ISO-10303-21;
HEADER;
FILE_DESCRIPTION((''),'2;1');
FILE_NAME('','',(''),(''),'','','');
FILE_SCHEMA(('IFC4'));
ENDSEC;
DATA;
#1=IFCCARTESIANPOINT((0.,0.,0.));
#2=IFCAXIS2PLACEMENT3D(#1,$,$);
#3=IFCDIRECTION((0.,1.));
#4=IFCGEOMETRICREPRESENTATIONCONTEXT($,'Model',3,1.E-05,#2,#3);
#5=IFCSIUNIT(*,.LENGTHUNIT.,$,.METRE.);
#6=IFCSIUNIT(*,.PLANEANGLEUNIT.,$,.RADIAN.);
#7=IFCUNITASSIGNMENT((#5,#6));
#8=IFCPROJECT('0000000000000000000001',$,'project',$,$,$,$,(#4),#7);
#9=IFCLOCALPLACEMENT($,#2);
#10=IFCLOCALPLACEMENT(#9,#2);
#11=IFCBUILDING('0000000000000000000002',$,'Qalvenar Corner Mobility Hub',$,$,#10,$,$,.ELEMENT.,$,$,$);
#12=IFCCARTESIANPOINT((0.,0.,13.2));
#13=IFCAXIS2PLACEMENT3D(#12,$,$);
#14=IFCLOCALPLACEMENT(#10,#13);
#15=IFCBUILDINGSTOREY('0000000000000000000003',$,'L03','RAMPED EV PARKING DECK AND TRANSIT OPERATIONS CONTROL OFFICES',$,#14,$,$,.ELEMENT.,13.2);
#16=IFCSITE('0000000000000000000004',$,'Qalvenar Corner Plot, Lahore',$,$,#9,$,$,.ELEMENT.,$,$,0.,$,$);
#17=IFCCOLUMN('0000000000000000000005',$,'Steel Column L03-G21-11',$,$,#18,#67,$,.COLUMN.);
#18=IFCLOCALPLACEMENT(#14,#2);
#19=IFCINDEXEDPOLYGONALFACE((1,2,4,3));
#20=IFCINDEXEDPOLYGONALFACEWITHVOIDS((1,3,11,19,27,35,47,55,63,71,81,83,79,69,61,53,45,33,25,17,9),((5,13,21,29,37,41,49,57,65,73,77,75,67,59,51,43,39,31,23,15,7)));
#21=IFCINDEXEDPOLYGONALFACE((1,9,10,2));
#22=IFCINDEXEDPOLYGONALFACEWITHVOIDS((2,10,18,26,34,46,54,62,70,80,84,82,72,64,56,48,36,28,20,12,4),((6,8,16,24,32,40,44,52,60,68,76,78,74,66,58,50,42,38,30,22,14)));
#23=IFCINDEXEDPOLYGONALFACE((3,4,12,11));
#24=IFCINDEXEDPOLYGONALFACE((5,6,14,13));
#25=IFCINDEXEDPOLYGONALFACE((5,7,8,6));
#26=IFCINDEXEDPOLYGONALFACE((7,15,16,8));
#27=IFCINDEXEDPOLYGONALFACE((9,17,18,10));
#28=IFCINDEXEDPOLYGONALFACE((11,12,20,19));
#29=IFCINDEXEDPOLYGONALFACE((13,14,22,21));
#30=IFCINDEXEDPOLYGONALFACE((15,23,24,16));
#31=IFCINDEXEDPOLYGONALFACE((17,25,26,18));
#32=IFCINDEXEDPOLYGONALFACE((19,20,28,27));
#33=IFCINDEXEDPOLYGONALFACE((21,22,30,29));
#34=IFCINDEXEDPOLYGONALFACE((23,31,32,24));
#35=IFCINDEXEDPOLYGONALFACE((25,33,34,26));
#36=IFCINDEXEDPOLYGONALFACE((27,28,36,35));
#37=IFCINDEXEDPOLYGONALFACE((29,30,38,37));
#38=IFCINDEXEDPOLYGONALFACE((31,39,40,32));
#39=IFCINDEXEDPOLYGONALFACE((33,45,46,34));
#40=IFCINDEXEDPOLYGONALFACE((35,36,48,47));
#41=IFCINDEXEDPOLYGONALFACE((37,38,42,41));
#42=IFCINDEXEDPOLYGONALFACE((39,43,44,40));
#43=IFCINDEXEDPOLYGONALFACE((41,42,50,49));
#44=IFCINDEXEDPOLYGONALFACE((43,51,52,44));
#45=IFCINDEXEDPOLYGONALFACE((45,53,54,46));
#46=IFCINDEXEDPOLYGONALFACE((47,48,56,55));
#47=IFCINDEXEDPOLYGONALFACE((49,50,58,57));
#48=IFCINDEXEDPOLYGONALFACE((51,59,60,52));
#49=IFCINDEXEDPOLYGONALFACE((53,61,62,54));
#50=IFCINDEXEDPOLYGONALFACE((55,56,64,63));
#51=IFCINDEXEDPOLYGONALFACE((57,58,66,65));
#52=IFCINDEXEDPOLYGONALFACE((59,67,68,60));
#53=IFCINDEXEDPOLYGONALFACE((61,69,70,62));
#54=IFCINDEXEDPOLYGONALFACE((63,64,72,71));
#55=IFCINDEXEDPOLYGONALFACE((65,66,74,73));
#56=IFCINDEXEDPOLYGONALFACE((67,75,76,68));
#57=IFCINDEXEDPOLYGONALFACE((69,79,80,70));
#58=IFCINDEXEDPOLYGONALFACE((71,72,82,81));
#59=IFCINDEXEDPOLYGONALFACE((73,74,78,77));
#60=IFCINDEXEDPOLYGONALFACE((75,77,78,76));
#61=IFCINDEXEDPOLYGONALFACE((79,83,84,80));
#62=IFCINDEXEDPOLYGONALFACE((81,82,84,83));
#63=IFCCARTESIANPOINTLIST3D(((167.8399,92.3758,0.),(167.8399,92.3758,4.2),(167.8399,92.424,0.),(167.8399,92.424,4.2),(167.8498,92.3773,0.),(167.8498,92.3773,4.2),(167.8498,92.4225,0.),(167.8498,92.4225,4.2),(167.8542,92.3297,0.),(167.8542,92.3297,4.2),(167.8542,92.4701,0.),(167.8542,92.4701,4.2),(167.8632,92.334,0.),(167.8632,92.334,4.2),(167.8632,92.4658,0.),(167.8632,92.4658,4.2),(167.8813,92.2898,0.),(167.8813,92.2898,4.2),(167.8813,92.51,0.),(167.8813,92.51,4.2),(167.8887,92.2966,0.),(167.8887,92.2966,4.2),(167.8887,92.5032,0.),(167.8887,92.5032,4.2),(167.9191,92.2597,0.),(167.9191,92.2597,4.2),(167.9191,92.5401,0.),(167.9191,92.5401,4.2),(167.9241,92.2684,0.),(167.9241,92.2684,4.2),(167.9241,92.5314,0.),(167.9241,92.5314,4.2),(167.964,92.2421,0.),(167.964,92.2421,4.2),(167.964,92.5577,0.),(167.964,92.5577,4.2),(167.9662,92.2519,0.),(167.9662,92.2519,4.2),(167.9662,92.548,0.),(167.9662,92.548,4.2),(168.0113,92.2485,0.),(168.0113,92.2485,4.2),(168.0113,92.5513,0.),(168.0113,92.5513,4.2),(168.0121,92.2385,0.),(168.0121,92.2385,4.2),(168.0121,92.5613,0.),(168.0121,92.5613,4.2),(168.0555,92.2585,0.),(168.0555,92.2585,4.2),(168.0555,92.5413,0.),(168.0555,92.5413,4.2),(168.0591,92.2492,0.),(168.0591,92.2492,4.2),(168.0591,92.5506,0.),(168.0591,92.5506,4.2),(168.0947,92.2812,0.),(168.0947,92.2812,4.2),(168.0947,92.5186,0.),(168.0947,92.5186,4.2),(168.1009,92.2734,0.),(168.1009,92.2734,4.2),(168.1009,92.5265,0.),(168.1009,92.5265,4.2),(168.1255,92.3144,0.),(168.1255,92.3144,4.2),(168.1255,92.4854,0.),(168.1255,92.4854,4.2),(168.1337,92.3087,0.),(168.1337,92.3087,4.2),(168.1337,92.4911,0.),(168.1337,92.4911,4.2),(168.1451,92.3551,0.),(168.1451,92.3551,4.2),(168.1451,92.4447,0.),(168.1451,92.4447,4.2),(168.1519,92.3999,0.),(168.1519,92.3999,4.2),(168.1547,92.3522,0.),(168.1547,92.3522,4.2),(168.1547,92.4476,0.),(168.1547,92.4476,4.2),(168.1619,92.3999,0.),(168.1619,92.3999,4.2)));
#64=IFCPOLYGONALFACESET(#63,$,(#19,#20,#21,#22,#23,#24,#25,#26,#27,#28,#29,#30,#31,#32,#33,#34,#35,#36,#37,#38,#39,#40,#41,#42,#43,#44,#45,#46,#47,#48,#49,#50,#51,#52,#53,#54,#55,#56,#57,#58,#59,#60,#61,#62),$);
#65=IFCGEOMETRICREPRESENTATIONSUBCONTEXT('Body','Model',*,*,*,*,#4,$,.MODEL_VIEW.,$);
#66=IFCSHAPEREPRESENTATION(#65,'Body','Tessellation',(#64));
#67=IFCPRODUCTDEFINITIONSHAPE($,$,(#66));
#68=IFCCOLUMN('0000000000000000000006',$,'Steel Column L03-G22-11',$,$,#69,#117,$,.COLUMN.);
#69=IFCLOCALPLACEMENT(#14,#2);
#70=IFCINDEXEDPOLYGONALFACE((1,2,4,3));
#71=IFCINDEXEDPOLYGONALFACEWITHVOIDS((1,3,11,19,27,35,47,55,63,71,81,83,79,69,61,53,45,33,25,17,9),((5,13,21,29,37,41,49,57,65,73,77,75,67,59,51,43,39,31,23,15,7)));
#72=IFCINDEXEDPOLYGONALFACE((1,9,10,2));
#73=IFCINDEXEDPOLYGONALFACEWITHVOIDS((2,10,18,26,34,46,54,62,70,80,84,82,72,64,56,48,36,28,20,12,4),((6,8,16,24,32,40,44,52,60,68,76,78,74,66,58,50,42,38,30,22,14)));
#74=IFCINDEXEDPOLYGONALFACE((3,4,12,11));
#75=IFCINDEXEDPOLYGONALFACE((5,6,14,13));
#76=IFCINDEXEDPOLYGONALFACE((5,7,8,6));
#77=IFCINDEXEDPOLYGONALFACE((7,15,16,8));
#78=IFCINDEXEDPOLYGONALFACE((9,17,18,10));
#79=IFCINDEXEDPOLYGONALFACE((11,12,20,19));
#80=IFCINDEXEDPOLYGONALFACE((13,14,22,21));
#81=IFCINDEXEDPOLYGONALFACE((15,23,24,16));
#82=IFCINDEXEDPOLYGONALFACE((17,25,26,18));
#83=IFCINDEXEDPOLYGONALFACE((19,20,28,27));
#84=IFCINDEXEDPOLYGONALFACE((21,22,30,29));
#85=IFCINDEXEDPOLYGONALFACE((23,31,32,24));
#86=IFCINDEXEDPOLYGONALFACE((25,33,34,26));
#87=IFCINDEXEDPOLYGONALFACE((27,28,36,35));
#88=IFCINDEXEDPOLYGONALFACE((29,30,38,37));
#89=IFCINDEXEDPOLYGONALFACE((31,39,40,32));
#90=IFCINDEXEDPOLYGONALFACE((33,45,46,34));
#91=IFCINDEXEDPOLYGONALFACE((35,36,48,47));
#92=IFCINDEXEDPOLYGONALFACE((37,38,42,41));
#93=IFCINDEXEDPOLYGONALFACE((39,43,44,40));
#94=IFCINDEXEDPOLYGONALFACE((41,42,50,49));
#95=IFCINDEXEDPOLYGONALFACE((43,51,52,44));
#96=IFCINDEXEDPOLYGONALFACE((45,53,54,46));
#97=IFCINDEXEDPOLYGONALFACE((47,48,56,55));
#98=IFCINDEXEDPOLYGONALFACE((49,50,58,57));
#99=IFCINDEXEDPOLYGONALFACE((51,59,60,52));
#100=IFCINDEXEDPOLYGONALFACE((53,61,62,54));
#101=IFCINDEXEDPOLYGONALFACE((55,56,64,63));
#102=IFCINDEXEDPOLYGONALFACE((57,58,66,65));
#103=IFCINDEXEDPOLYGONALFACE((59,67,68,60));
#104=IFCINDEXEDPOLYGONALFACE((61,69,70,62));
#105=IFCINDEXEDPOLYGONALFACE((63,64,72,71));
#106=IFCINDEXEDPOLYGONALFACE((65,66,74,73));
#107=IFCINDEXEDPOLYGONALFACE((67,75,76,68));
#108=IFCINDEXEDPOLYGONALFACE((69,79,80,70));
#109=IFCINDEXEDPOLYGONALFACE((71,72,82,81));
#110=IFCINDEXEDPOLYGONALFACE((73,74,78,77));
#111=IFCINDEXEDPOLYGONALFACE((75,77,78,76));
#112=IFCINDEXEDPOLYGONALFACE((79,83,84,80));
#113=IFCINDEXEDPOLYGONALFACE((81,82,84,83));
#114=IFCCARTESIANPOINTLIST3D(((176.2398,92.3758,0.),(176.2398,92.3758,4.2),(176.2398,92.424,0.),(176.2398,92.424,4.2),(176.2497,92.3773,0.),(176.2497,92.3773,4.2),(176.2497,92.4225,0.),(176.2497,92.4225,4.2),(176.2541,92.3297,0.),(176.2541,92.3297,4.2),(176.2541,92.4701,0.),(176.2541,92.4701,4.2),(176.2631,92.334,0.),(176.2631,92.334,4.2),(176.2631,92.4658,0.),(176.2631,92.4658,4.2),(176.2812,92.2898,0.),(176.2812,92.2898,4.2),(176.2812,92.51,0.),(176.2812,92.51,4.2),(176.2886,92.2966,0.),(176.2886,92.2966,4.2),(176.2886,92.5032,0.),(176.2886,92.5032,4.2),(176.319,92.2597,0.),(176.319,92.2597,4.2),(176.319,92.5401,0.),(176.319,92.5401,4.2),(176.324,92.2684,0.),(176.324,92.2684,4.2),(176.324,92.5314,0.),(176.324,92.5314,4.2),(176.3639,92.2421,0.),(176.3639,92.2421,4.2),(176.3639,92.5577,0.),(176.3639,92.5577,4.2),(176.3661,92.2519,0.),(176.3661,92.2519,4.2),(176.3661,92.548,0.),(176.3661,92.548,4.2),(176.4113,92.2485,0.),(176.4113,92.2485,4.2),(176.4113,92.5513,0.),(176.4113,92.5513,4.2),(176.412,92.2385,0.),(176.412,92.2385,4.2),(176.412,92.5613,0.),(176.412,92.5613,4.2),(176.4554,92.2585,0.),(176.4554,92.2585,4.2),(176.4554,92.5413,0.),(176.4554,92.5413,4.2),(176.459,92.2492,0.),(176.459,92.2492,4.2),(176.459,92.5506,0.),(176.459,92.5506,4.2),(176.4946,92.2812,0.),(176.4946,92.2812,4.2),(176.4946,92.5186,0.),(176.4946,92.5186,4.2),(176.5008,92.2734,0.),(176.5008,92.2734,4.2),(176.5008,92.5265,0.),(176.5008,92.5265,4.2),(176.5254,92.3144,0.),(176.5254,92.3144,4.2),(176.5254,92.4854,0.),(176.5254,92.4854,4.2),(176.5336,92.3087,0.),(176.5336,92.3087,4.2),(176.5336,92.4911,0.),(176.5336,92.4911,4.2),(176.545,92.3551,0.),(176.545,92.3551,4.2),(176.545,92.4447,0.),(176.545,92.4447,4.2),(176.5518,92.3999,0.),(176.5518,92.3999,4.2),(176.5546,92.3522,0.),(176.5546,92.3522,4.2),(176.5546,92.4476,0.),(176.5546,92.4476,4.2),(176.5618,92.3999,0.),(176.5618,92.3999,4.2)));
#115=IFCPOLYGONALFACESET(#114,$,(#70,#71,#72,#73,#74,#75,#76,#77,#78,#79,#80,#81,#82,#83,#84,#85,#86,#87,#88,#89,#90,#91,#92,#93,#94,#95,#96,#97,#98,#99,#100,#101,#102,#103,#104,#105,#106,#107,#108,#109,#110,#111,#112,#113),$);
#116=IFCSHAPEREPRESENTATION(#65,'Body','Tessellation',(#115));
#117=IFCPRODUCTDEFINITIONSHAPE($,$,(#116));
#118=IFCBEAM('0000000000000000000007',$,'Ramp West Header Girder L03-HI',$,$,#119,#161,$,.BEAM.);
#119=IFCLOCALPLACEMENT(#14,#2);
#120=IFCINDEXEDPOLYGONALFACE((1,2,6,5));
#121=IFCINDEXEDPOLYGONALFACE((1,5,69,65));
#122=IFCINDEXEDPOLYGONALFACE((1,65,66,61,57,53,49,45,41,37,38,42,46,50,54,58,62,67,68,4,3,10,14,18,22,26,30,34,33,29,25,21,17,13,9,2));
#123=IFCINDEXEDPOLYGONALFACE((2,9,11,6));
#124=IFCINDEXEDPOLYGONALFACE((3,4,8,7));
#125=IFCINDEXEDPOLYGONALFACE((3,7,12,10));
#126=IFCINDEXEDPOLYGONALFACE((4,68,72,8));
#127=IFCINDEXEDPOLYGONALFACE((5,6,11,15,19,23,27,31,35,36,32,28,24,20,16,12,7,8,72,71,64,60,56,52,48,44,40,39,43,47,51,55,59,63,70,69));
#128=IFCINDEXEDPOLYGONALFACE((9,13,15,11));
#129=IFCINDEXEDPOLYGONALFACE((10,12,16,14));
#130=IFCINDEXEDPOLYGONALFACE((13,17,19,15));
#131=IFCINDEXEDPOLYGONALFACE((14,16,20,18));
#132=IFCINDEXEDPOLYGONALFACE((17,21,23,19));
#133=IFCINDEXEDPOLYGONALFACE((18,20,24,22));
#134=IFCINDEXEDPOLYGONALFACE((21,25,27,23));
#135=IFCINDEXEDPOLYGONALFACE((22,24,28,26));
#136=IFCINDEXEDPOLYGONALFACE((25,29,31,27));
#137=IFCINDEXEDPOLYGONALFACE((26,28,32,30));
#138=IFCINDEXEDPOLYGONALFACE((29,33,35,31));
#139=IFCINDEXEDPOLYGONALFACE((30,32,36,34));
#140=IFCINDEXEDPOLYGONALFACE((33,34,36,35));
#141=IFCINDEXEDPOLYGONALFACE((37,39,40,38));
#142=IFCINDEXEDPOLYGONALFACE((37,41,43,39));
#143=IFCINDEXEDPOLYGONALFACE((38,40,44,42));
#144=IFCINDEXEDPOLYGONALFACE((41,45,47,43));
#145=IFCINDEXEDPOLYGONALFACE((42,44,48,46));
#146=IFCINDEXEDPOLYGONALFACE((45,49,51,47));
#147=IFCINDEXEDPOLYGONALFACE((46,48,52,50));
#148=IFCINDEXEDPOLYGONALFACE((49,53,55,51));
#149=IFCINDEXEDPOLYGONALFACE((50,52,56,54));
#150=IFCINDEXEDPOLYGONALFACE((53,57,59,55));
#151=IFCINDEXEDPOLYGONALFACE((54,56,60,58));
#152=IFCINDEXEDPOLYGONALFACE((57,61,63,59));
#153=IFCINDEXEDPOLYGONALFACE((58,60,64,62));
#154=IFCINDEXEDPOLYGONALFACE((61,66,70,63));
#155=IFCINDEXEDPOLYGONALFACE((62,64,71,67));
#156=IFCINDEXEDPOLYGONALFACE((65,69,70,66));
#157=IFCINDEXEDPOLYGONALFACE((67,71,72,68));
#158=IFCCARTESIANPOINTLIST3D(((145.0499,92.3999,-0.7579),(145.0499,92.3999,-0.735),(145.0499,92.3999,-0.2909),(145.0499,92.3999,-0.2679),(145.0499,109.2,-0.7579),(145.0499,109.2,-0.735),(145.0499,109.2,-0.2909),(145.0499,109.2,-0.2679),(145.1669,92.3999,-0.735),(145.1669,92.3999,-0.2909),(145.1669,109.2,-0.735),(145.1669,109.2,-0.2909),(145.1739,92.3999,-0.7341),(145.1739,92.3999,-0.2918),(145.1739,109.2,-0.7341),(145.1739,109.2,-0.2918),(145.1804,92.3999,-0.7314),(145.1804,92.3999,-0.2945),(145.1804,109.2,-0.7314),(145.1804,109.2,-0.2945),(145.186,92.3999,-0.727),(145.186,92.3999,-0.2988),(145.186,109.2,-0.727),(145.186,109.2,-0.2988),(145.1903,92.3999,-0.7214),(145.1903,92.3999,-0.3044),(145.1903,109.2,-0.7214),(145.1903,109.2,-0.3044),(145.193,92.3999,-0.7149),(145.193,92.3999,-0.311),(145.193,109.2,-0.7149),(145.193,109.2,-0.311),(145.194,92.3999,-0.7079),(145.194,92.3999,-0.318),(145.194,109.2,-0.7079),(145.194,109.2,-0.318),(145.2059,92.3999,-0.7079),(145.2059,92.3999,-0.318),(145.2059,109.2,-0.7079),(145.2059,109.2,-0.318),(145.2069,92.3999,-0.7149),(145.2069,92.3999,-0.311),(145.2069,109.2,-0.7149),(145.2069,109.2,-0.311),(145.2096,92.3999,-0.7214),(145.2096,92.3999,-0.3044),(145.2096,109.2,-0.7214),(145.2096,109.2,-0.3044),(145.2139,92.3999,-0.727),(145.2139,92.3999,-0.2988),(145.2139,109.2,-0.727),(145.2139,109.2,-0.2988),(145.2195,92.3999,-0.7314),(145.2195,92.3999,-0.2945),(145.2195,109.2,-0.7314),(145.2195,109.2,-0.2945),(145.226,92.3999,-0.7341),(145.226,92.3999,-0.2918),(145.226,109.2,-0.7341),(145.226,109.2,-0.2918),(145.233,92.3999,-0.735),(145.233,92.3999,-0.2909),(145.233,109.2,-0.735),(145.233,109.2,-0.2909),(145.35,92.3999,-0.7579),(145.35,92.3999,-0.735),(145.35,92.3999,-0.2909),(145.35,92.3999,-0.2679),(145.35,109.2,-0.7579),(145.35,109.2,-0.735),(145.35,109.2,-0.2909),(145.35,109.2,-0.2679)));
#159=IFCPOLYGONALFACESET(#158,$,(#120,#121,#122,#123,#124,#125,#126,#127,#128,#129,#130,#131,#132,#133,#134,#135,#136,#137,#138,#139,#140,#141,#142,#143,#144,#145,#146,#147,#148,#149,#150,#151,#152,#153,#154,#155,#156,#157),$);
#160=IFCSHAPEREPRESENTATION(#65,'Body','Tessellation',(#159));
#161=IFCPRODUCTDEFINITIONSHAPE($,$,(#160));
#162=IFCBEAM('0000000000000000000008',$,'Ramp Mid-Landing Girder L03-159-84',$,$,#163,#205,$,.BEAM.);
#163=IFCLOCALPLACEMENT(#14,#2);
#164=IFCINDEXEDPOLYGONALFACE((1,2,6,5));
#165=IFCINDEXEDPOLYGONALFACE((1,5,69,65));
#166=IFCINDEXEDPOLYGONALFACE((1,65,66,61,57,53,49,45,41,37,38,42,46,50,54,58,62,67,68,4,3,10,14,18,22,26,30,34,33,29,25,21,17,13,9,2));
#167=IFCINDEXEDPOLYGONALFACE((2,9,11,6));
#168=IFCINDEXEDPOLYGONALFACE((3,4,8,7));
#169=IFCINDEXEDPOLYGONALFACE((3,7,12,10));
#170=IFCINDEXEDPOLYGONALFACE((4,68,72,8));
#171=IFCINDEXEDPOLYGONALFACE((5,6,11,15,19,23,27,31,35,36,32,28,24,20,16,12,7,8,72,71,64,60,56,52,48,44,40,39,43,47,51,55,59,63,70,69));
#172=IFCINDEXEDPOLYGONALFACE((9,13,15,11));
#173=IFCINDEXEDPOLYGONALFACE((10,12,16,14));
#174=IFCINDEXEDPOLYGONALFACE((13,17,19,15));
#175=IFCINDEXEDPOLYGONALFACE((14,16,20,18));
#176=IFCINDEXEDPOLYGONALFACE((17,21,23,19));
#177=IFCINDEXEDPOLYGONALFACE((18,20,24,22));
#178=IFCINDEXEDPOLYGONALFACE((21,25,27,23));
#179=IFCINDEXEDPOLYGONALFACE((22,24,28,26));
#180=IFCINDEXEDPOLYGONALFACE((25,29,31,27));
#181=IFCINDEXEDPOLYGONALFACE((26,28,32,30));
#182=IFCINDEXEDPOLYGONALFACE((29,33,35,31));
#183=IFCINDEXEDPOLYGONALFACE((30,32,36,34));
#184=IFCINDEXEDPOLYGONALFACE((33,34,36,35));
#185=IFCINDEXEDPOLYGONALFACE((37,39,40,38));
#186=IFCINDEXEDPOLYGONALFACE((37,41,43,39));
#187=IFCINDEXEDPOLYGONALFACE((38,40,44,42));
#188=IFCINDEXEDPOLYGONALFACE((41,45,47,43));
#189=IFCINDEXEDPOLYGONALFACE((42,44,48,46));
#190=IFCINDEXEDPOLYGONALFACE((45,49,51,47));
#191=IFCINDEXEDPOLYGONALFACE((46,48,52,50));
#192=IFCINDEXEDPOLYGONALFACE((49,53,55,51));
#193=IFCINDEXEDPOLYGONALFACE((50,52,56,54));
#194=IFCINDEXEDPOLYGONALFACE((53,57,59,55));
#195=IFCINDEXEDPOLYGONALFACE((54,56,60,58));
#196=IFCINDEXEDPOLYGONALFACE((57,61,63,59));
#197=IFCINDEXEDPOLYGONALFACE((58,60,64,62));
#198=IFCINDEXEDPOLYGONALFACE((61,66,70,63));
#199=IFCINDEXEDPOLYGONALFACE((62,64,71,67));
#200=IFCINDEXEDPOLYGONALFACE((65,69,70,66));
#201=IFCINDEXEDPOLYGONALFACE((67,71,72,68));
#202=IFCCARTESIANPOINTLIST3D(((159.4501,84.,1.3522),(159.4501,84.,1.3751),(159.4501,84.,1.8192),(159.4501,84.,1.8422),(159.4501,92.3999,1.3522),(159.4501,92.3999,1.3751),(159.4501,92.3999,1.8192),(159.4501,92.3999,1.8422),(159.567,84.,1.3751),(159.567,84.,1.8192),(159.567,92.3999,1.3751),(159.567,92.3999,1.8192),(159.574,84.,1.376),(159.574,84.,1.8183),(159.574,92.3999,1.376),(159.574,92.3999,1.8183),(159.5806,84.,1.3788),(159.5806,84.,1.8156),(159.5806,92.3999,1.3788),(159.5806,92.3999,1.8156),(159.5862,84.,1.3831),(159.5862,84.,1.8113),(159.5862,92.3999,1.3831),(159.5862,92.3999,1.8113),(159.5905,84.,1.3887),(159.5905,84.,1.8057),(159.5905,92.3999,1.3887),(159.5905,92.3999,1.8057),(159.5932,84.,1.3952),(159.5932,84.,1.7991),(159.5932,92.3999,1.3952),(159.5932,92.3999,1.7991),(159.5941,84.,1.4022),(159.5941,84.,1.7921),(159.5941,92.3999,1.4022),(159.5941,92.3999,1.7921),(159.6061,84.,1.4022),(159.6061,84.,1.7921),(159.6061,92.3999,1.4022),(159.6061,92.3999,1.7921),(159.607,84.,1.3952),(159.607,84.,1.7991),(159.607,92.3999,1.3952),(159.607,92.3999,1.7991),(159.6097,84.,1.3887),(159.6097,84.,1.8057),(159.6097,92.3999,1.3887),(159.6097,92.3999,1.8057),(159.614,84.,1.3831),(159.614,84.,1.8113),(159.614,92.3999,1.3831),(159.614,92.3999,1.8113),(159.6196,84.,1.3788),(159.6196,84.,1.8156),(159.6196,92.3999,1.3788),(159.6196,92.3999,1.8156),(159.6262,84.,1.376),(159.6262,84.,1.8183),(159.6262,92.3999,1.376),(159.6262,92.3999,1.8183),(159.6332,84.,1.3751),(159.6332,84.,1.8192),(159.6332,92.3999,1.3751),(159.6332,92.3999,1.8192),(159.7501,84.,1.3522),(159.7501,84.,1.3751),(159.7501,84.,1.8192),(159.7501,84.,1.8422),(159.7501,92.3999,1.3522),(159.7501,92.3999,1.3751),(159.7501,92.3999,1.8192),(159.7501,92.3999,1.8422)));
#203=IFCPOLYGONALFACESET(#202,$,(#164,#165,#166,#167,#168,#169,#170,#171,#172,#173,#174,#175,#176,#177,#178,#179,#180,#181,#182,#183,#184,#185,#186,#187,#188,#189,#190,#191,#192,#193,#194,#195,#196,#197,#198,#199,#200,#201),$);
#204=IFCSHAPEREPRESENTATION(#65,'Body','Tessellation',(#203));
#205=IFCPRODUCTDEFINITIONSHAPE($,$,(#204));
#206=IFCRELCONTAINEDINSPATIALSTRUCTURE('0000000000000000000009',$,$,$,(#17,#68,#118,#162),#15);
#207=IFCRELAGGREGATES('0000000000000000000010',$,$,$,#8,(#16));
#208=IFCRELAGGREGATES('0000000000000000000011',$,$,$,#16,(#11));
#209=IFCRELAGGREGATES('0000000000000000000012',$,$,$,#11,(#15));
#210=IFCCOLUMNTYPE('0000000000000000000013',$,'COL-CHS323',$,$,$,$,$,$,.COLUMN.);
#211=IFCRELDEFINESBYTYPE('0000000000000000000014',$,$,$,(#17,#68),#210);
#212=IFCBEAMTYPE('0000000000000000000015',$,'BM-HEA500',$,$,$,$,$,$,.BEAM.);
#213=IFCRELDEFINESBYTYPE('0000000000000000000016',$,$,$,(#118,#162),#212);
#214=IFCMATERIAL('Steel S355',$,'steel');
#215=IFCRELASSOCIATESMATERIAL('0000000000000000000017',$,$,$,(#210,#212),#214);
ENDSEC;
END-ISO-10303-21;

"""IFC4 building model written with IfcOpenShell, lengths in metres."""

from ifc_helpers import new_model, si_unit, direction, frame, origin, origin_2d, place, context, subcontext, project, spatial, hollow_circle, i_section, extrude, material, material_profile, profile_set, type_object, element, save


model = new_model("IFC4")

# Units and contexts
model_context = context("Model", 3, precision=1e-05, world=origin(), true_north=direction((0.0, 1.0)))
body_context = subcontext(model_context, "Body", "Model", "MODEL_VIEW")
ifc_project = project(units=[si_unit("LENGTHUNIT", "METRE"), si_unit("PLANEANGLEUNIT", "RADIAN")], contexts=[model_context])

# Site, building, storey
site_placement = place(None, origin())
site = spatial("IfcSite", under=ifc_project, at=site_placement, Name="Qalvenar Corner Plot, Lahore", CompositionType="ELEMENT", RefElevation=0.0)
building_placement = place(site_placement, origin())
building = spatial("IfcBuilding", under=site, at=building_placement, Name="Qalvenar Corner Mobility Hub", CompositionType="ELEMENT")
storey_placement = place(building_placement, frame((0.0, 0.0, 13.2)))
storey = spatial("IfcBuildingStorey", under=building, at=storey_placement, Name="L03", Description="RAMPED EV PARKING DECK AND TRANSIT OPERATIONS CONTROL OFFICES", CompositionType="ELEMENT", Elevation=13.2)

# Columns
ifc_material_1 = material(Name="Steel S355", Category="steel")
ifc_material_profile_1 = material_profile(ifc_material_1, hollow_circle(Radius=0.1619, WallThickness=0.01, at=origin_2d()), Name="CHS323.9x10")
ifc_profile_set_1 = profile_set([ifc_material_profile_1], Name="Steel S355")
column_type = type_object("IfcColumnType", Name="COL-CHS323", PredefinedType="COLUMN", material=ifc_profile_set_1)
for number, where, z_axis, x_axis, name in (
    (1, (168.0, 92.3999, 0.0), (0.0, 0.0, 1.0), (1.0, 0.0, 0.0), "Steel Column L03-G21-11"),
    (2, (176.3999, 92.3999, 0.0), (0.0, 0.0, 1.0), (1.0, 0.0, 0.0), "Steel Column L03-G22-11"),
):
    element("IfcColumn", number, at=place(storey_placement, frame(where, z_axis=z_axis, x_axis=x_axis)), inside=storey, type_object=column_type, Name=name, PredefinedType="COLUMN", context=body_context, shape_type="SweptSolid", body=[
        extrude(hollow_circle(Radius=0.1619, WallThickness=0.01, at=origin_2d()), origin(), (0.0, 0.0, 1.0), 4.2),
    ])

# Beams
ifc_material_profile_2 = material_profile(ifc_material_1, i_section(OverallWidth=0.3, OverallDepth=0.49, WebThickness=0.012, FlangeThickness=0.0229, FilletRadius=0.0271, at=origin_2d()), Name="HEA500")
ifc_profile_set_2 = profile_set([ifc_material_profile_2], Name="Steel S355")
beam_type_1 = type_object("IfcBeamType", Name="BM-HEA500", PredefinedType="BEAM", material=ifc_profile_set_2)
beam_1_placement = place(storey_placement, frame((145.2, 92.3999, -0.5129), z_axis=(0.0, 1.0, 0.0), x_axis=(-1.0, 0.0, 0.0)))
element("IfcBeam", 3, at=beam_1_placement, inside=storey, type_object=beam_type_1, Name="Ramp West Header Girder L03-HI", PredefinedType="BEAM", context=body_context, shape_type="SweptSolid", body=[
    extrude(i_section(OverallWidth=0.3, OverallDepth=0.49, WebThickness=0.012, FlangeThickness=0.0229, FilletRadius=0.0271, at=origin_2d()), origin(), (0.0, 0.0, 1.0), 16.8),
])
beam_2_placement = place(storey_placement, frame((159.6001, 84.0, 1.5972), z_axis=(0.0, 1.0, 0.0), x_axis=(-1.0, 0.0, 0.0)))
element("IfcBeam", 4, at=beam_2_placement, inside=storey, type_object=beam_type_1, Name="Ramp Mid-Landing Girder L03-159-84", PredefinedType="BEAM", context=body_context, shape_type="SweptSolid", body=[
    extrude(i_section(OverallWidth=0.3, OverallDepth=0.49, WebThickness=0.012, FlangeThickness=0.0229, FilletRadius=0.0271, at=origin_2d()), origin(), (0.0, 0.0, 1.0), 8.3999),
])

save(model, "model.ifc")
